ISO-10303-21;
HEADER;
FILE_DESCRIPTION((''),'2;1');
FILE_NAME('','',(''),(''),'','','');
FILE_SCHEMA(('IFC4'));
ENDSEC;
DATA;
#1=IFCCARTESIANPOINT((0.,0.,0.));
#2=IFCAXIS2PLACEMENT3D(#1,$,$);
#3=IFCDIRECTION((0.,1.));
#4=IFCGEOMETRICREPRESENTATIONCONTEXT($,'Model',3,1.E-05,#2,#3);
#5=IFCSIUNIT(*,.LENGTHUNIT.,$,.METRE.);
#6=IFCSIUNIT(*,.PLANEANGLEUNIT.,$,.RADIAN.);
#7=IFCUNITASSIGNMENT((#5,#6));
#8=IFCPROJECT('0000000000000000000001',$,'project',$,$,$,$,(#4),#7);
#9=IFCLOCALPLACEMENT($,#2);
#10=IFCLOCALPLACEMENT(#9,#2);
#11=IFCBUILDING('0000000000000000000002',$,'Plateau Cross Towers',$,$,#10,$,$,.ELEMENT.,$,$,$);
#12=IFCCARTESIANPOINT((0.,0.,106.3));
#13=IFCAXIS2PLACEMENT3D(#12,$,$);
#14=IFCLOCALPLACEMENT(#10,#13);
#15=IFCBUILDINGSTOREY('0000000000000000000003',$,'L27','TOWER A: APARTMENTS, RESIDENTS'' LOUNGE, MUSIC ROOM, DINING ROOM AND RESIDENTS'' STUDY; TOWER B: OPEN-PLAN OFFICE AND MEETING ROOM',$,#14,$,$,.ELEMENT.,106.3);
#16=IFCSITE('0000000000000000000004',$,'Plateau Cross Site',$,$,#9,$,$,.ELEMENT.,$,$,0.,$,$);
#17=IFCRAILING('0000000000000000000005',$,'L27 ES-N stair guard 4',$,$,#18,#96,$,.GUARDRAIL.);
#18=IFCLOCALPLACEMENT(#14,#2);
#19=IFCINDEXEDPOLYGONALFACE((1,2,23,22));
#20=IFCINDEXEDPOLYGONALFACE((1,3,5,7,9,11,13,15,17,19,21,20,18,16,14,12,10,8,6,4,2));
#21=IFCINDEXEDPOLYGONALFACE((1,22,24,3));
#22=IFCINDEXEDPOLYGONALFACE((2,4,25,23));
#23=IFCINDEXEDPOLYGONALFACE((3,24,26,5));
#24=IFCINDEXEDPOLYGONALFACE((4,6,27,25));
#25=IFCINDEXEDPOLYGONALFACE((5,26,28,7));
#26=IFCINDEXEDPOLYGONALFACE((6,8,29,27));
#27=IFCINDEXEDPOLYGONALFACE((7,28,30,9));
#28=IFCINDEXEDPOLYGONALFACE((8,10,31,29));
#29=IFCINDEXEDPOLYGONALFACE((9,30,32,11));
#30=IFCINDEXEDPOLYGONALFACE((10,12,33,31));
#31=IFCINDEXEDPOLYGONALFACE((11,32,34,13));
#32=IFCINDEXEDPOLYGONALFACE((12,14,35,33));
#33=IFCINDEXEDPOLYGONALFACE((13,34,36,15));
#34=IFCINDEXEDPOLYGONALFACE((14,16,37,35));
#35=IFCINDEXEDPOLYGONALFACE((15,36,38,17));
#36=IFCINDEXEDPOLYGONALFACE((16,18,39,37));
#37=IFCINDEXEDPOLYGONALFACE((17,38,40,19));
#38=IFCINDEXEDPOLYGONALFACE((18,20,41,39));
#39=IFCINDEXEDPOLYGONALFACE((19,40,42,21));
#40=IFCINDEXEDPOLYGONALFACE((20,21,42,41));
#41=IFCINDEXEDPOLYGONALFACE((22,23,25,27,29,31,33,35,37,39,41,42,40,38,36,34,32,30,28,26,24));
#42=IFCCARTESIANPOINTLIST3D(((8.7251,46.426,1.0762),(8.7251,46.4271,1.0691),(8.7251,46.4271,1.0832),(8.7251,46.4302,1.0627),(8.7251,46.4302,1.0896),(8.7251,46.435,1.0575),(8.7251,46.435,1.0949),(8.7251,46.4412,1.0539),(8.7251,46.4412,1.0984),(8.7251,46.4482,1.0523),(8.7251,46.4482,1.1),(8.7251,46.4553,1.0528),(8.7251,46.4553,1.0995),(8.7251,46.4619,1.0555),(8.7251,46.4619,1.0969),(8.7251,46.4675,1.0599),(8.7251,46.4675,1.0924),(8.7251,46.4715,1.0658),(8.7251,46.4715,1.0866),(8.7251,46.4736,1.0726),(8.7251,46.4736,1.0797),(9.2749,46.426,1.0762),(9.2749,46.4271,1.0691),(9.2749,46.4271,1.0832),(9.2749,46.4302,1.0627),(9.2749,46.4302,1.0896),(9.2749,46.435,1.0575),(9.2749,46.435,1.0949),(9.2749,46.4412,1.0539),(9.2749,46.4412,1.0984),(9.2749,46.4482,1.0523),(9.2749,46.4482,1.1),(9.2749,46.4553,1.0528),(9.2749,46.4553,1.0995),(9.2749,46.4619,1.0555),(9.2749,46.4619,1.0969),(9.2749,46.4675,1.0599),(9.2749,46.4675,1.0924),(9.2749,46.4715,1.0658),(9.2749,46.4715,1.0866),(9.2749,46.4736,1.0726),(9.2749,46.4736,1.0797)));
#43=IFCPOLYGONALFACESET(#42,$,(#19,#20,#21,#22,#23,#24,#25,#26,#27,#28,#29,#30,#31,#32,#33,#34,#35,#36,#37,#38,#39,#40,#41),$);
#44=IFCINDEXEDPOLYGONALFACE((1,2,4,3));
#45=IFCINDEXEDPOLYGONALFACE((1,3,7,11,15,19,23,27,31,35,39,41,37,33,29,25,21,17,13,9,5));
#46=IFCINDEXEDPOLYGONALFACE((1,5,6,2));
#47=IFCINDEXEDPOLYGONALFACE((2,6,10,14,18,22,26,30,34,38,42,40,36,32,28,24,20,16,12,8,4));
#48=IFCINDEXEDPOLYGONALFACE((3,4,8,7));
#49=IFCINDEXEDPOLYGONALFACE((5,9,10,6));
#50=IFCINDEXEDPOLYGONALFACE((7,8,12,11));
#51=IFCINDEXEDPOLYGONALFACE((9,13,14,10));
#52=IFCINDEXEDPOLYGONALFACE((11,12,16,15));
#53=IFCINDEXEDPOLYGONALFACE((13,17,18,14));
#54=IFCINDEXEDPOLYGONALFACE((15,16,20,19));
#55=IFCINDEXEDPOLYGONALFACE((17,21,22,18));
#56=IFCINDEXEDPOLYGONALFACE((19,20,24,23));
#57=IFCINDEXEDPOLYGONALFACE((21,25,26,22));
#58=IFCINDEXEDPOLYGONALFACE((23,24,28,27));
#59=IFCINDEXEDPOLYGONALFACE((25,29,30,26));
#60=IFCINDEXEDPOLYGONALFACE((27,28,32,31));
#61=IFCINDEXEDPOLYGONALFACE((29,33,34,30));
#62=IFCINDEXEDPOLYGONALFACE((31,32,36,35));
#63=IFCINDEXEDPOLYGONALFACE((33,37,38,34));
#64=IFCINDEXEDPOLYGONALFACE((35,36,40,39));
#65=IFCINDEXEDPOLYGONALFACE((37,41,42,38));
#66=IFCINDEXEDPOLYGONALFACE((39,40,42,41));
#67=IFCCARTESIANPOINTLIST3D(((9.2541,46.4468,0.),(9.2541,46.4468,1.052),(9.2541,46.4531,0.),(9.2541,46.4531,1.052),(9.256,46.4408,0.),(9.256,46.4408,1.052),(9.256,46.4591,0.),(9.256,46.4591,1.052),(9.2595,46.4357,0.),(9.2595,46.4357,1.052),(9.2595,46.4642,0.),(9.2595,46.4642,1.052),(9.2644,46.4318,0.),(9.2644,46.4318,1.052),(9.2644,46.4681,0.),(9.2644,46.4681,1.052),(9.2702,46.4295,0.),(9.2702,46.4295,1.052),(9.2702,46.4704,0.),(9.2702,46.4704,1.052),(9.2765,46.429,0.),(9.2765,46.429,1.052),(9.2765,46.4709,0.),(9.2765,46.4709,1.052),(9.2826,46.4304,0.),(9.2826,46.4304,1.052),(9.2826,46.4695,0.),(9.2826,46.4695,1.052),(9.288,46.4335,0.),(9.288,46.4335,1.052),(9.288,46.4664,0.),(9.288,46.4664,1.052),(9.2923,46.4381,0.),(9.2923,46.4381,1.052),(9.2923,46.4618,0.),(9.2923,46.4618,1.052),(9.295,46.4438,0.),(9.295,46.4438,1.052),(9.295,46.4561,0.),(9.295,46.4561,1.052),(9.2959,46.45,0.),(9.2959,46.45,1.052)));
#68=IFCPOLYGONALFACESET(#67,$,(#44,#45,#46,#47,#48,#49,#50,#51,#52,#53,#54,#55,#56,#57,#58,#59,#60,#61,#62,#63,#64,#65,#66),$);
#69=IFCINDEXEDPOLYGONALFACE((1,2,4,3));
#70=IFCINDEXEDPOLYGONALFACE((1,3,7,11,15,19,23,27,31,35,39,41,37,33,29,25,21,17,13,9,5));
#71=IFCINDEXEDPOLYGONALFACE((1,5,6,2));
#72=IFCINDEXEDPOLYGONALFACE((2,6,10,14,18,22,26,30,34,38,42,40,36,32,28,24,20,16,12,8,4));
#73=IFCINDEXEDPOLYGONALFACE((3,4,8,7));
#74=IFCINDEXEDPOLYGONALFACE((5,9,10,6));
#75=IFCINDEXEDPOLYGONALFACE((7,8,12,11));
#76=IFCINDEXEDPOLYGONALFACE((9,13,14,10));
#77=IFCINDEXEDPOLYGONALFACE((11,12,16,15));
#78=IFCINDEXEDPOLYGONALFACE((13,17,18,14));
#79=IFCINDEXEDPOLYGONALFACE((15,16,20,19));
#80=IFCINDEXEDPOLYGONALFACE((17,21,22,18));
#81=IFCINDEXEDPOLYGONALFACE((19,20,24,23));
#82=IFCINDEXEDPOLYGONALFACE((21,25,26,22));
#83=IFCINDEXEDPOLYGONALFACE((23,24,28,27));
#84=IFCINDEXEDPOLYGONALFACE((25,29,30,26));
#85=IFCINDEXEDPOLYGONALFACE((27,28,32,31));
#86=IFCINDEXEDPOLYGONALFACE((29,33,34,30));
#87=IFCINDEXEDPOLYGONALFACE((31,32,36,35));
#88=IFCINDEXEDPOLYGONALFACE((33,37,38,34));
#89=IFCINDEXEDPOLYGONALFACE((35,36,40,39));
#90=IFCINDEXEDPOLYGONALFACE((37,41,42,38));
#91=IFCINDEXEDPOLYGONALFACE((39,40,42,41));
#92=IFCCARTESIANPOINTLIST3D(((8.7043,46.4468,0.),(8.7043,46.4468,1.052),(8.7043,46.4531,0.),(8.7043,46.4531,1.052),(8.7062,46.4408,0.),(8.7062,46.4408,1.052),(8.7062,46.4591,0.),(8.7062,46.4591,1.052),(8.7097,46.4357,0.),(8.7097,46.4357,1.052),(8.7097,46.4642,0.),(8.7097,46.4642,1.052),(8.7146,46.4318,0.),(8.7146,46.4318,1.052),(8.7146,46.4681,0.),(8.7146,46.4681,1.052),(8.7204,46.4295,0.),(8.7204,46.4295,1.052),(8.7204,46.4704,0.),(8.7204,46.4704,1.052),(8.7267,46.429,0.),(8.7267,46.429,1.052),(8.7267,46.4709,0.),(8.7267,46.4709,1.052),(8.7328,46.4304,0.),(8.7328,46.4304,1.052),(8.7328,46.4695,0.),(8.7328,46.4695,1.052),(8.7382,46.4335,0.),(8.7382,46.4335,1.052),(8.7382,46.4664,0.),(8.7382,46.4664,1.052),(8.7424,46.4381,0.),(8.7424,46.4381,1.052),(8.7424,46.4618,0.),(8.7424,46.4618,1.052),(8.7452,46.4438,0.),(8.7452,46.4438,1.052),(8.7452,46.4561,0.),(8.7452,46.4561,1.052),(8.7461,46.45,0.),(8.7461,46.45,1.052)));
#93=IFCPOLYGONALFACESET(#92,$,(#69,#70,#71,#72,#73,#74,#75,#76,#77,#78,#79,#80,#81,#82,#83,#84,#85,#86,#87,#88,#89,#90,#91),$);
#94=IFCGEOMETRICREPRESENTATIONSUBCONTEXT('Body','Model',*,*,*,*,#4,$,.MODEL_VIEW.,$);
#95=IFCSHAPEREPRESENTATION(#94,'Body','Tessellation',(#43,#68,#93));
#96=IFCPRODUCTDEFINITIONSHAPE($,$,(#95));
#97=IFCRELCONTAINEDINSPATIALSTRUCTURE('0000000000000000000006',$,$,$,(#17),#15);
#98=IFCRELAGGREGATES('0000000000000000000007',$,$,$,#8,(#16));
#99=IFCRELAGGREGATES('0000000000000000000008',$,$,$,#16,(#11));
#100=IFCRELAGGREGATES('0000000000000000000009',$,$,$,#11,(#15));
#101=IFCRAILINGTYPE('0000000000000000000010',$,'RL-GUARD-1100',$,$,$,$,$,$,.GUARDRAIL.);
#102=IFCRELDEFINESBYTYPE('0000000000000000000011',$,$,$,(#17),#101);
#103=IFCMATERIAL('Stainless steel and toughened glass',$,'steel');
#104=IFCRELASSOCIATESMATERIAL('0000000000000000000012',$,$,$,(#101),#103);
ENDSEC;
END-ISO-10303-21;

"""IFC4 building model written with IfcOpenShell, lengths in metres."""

from ifc_helpers import new_model, si_unit, direction, frame, origin, origin_2d, place, context, subcontext, project, spatial, circle, extrude, material, type_object, element, save


model = new_model("IFC4")

# Units and contexts
model_context = context("Model", 3, precision=1e-05, world=origin(), true_north=direction((0.0, 1.0)))
body_context = subcontext(model_context, "Body", "Model", "MODEL_VIEW")
ifc_project = project(units=[si_unit("LENGTHUNIT", "METRE"), si_unit("PLANEANGLEUNIT", "RADIAN")], contexts=[model_context])

# Site, building, storey
site_placement = place(None, origin())
site = spatial("IfcSite", under=ifc_project, at=site_placement, Name="Plateau Cross Site", CompositionType="ELEMENT", RefElevation=0.0)
building_placement = place(site_placement, origin())
building = spatial("IfcBuilding", under=site, at=building_placement, Name="Plateau Cross Towers", CompositionType="ELEMENT")
storey_placement = place(building_placement, frame((0.0, 0.0, 106.3)))
storey = spatial("IfcBuildingStorey", under=building, at=storey_placement, Name="L27", Description="TOWER A: APARTMENTS, RESIDENTS' LOUNGE, MUSIC ROOM, DINING ROOM AND RESIDENTS' STUDY; TOWER B: OPEN-PLAN OFFICE AND MEETING ROOM", CompositionType="ELEMENT", Elevation=106.3)

# Railing
ifc_material_1 = material(Name="Stainless steel and toughened glass", Category="steel")
railing_type_1 = type_object("IfcRailingType", Name="RL-GUARD-1100", PredefinedType="GUARDRAIL", material=ifc_material_1)
railing_1_placement = place(storey_placement, frame((9.2749, 46.45, 0.0)))
element("IfcRailing", 1, at=railing_1_placement, inside=storey, type_object=railing_type_1, Name="L27 ES-N stair guard 4", PredefinedType="GUARDRAIL", context=body_context, shape_type="SweptSolid", body=[
    extrude(circle(Radius=0.0239, at=origin_2d()), frame((0.0, 0.0, 1.0762), z_axis=(-1.0, 0.0, 0.0), x_axis=(0.0, -1.0, 0.0)), (0.0, 0.0, 1.0), 0.5498),
    extrude(circle(Radius=0.021, at=origin_2d()), origin(), (0.0, 0.0, 1.0), 1.052),
    extrude(circle(Radius=0.021, at=origin_2d()), frame((-0.5498, 0.0, 0.0)), (0.0, 0.0, 1.0), 1.052),
])

save(model, "model.ifc")
